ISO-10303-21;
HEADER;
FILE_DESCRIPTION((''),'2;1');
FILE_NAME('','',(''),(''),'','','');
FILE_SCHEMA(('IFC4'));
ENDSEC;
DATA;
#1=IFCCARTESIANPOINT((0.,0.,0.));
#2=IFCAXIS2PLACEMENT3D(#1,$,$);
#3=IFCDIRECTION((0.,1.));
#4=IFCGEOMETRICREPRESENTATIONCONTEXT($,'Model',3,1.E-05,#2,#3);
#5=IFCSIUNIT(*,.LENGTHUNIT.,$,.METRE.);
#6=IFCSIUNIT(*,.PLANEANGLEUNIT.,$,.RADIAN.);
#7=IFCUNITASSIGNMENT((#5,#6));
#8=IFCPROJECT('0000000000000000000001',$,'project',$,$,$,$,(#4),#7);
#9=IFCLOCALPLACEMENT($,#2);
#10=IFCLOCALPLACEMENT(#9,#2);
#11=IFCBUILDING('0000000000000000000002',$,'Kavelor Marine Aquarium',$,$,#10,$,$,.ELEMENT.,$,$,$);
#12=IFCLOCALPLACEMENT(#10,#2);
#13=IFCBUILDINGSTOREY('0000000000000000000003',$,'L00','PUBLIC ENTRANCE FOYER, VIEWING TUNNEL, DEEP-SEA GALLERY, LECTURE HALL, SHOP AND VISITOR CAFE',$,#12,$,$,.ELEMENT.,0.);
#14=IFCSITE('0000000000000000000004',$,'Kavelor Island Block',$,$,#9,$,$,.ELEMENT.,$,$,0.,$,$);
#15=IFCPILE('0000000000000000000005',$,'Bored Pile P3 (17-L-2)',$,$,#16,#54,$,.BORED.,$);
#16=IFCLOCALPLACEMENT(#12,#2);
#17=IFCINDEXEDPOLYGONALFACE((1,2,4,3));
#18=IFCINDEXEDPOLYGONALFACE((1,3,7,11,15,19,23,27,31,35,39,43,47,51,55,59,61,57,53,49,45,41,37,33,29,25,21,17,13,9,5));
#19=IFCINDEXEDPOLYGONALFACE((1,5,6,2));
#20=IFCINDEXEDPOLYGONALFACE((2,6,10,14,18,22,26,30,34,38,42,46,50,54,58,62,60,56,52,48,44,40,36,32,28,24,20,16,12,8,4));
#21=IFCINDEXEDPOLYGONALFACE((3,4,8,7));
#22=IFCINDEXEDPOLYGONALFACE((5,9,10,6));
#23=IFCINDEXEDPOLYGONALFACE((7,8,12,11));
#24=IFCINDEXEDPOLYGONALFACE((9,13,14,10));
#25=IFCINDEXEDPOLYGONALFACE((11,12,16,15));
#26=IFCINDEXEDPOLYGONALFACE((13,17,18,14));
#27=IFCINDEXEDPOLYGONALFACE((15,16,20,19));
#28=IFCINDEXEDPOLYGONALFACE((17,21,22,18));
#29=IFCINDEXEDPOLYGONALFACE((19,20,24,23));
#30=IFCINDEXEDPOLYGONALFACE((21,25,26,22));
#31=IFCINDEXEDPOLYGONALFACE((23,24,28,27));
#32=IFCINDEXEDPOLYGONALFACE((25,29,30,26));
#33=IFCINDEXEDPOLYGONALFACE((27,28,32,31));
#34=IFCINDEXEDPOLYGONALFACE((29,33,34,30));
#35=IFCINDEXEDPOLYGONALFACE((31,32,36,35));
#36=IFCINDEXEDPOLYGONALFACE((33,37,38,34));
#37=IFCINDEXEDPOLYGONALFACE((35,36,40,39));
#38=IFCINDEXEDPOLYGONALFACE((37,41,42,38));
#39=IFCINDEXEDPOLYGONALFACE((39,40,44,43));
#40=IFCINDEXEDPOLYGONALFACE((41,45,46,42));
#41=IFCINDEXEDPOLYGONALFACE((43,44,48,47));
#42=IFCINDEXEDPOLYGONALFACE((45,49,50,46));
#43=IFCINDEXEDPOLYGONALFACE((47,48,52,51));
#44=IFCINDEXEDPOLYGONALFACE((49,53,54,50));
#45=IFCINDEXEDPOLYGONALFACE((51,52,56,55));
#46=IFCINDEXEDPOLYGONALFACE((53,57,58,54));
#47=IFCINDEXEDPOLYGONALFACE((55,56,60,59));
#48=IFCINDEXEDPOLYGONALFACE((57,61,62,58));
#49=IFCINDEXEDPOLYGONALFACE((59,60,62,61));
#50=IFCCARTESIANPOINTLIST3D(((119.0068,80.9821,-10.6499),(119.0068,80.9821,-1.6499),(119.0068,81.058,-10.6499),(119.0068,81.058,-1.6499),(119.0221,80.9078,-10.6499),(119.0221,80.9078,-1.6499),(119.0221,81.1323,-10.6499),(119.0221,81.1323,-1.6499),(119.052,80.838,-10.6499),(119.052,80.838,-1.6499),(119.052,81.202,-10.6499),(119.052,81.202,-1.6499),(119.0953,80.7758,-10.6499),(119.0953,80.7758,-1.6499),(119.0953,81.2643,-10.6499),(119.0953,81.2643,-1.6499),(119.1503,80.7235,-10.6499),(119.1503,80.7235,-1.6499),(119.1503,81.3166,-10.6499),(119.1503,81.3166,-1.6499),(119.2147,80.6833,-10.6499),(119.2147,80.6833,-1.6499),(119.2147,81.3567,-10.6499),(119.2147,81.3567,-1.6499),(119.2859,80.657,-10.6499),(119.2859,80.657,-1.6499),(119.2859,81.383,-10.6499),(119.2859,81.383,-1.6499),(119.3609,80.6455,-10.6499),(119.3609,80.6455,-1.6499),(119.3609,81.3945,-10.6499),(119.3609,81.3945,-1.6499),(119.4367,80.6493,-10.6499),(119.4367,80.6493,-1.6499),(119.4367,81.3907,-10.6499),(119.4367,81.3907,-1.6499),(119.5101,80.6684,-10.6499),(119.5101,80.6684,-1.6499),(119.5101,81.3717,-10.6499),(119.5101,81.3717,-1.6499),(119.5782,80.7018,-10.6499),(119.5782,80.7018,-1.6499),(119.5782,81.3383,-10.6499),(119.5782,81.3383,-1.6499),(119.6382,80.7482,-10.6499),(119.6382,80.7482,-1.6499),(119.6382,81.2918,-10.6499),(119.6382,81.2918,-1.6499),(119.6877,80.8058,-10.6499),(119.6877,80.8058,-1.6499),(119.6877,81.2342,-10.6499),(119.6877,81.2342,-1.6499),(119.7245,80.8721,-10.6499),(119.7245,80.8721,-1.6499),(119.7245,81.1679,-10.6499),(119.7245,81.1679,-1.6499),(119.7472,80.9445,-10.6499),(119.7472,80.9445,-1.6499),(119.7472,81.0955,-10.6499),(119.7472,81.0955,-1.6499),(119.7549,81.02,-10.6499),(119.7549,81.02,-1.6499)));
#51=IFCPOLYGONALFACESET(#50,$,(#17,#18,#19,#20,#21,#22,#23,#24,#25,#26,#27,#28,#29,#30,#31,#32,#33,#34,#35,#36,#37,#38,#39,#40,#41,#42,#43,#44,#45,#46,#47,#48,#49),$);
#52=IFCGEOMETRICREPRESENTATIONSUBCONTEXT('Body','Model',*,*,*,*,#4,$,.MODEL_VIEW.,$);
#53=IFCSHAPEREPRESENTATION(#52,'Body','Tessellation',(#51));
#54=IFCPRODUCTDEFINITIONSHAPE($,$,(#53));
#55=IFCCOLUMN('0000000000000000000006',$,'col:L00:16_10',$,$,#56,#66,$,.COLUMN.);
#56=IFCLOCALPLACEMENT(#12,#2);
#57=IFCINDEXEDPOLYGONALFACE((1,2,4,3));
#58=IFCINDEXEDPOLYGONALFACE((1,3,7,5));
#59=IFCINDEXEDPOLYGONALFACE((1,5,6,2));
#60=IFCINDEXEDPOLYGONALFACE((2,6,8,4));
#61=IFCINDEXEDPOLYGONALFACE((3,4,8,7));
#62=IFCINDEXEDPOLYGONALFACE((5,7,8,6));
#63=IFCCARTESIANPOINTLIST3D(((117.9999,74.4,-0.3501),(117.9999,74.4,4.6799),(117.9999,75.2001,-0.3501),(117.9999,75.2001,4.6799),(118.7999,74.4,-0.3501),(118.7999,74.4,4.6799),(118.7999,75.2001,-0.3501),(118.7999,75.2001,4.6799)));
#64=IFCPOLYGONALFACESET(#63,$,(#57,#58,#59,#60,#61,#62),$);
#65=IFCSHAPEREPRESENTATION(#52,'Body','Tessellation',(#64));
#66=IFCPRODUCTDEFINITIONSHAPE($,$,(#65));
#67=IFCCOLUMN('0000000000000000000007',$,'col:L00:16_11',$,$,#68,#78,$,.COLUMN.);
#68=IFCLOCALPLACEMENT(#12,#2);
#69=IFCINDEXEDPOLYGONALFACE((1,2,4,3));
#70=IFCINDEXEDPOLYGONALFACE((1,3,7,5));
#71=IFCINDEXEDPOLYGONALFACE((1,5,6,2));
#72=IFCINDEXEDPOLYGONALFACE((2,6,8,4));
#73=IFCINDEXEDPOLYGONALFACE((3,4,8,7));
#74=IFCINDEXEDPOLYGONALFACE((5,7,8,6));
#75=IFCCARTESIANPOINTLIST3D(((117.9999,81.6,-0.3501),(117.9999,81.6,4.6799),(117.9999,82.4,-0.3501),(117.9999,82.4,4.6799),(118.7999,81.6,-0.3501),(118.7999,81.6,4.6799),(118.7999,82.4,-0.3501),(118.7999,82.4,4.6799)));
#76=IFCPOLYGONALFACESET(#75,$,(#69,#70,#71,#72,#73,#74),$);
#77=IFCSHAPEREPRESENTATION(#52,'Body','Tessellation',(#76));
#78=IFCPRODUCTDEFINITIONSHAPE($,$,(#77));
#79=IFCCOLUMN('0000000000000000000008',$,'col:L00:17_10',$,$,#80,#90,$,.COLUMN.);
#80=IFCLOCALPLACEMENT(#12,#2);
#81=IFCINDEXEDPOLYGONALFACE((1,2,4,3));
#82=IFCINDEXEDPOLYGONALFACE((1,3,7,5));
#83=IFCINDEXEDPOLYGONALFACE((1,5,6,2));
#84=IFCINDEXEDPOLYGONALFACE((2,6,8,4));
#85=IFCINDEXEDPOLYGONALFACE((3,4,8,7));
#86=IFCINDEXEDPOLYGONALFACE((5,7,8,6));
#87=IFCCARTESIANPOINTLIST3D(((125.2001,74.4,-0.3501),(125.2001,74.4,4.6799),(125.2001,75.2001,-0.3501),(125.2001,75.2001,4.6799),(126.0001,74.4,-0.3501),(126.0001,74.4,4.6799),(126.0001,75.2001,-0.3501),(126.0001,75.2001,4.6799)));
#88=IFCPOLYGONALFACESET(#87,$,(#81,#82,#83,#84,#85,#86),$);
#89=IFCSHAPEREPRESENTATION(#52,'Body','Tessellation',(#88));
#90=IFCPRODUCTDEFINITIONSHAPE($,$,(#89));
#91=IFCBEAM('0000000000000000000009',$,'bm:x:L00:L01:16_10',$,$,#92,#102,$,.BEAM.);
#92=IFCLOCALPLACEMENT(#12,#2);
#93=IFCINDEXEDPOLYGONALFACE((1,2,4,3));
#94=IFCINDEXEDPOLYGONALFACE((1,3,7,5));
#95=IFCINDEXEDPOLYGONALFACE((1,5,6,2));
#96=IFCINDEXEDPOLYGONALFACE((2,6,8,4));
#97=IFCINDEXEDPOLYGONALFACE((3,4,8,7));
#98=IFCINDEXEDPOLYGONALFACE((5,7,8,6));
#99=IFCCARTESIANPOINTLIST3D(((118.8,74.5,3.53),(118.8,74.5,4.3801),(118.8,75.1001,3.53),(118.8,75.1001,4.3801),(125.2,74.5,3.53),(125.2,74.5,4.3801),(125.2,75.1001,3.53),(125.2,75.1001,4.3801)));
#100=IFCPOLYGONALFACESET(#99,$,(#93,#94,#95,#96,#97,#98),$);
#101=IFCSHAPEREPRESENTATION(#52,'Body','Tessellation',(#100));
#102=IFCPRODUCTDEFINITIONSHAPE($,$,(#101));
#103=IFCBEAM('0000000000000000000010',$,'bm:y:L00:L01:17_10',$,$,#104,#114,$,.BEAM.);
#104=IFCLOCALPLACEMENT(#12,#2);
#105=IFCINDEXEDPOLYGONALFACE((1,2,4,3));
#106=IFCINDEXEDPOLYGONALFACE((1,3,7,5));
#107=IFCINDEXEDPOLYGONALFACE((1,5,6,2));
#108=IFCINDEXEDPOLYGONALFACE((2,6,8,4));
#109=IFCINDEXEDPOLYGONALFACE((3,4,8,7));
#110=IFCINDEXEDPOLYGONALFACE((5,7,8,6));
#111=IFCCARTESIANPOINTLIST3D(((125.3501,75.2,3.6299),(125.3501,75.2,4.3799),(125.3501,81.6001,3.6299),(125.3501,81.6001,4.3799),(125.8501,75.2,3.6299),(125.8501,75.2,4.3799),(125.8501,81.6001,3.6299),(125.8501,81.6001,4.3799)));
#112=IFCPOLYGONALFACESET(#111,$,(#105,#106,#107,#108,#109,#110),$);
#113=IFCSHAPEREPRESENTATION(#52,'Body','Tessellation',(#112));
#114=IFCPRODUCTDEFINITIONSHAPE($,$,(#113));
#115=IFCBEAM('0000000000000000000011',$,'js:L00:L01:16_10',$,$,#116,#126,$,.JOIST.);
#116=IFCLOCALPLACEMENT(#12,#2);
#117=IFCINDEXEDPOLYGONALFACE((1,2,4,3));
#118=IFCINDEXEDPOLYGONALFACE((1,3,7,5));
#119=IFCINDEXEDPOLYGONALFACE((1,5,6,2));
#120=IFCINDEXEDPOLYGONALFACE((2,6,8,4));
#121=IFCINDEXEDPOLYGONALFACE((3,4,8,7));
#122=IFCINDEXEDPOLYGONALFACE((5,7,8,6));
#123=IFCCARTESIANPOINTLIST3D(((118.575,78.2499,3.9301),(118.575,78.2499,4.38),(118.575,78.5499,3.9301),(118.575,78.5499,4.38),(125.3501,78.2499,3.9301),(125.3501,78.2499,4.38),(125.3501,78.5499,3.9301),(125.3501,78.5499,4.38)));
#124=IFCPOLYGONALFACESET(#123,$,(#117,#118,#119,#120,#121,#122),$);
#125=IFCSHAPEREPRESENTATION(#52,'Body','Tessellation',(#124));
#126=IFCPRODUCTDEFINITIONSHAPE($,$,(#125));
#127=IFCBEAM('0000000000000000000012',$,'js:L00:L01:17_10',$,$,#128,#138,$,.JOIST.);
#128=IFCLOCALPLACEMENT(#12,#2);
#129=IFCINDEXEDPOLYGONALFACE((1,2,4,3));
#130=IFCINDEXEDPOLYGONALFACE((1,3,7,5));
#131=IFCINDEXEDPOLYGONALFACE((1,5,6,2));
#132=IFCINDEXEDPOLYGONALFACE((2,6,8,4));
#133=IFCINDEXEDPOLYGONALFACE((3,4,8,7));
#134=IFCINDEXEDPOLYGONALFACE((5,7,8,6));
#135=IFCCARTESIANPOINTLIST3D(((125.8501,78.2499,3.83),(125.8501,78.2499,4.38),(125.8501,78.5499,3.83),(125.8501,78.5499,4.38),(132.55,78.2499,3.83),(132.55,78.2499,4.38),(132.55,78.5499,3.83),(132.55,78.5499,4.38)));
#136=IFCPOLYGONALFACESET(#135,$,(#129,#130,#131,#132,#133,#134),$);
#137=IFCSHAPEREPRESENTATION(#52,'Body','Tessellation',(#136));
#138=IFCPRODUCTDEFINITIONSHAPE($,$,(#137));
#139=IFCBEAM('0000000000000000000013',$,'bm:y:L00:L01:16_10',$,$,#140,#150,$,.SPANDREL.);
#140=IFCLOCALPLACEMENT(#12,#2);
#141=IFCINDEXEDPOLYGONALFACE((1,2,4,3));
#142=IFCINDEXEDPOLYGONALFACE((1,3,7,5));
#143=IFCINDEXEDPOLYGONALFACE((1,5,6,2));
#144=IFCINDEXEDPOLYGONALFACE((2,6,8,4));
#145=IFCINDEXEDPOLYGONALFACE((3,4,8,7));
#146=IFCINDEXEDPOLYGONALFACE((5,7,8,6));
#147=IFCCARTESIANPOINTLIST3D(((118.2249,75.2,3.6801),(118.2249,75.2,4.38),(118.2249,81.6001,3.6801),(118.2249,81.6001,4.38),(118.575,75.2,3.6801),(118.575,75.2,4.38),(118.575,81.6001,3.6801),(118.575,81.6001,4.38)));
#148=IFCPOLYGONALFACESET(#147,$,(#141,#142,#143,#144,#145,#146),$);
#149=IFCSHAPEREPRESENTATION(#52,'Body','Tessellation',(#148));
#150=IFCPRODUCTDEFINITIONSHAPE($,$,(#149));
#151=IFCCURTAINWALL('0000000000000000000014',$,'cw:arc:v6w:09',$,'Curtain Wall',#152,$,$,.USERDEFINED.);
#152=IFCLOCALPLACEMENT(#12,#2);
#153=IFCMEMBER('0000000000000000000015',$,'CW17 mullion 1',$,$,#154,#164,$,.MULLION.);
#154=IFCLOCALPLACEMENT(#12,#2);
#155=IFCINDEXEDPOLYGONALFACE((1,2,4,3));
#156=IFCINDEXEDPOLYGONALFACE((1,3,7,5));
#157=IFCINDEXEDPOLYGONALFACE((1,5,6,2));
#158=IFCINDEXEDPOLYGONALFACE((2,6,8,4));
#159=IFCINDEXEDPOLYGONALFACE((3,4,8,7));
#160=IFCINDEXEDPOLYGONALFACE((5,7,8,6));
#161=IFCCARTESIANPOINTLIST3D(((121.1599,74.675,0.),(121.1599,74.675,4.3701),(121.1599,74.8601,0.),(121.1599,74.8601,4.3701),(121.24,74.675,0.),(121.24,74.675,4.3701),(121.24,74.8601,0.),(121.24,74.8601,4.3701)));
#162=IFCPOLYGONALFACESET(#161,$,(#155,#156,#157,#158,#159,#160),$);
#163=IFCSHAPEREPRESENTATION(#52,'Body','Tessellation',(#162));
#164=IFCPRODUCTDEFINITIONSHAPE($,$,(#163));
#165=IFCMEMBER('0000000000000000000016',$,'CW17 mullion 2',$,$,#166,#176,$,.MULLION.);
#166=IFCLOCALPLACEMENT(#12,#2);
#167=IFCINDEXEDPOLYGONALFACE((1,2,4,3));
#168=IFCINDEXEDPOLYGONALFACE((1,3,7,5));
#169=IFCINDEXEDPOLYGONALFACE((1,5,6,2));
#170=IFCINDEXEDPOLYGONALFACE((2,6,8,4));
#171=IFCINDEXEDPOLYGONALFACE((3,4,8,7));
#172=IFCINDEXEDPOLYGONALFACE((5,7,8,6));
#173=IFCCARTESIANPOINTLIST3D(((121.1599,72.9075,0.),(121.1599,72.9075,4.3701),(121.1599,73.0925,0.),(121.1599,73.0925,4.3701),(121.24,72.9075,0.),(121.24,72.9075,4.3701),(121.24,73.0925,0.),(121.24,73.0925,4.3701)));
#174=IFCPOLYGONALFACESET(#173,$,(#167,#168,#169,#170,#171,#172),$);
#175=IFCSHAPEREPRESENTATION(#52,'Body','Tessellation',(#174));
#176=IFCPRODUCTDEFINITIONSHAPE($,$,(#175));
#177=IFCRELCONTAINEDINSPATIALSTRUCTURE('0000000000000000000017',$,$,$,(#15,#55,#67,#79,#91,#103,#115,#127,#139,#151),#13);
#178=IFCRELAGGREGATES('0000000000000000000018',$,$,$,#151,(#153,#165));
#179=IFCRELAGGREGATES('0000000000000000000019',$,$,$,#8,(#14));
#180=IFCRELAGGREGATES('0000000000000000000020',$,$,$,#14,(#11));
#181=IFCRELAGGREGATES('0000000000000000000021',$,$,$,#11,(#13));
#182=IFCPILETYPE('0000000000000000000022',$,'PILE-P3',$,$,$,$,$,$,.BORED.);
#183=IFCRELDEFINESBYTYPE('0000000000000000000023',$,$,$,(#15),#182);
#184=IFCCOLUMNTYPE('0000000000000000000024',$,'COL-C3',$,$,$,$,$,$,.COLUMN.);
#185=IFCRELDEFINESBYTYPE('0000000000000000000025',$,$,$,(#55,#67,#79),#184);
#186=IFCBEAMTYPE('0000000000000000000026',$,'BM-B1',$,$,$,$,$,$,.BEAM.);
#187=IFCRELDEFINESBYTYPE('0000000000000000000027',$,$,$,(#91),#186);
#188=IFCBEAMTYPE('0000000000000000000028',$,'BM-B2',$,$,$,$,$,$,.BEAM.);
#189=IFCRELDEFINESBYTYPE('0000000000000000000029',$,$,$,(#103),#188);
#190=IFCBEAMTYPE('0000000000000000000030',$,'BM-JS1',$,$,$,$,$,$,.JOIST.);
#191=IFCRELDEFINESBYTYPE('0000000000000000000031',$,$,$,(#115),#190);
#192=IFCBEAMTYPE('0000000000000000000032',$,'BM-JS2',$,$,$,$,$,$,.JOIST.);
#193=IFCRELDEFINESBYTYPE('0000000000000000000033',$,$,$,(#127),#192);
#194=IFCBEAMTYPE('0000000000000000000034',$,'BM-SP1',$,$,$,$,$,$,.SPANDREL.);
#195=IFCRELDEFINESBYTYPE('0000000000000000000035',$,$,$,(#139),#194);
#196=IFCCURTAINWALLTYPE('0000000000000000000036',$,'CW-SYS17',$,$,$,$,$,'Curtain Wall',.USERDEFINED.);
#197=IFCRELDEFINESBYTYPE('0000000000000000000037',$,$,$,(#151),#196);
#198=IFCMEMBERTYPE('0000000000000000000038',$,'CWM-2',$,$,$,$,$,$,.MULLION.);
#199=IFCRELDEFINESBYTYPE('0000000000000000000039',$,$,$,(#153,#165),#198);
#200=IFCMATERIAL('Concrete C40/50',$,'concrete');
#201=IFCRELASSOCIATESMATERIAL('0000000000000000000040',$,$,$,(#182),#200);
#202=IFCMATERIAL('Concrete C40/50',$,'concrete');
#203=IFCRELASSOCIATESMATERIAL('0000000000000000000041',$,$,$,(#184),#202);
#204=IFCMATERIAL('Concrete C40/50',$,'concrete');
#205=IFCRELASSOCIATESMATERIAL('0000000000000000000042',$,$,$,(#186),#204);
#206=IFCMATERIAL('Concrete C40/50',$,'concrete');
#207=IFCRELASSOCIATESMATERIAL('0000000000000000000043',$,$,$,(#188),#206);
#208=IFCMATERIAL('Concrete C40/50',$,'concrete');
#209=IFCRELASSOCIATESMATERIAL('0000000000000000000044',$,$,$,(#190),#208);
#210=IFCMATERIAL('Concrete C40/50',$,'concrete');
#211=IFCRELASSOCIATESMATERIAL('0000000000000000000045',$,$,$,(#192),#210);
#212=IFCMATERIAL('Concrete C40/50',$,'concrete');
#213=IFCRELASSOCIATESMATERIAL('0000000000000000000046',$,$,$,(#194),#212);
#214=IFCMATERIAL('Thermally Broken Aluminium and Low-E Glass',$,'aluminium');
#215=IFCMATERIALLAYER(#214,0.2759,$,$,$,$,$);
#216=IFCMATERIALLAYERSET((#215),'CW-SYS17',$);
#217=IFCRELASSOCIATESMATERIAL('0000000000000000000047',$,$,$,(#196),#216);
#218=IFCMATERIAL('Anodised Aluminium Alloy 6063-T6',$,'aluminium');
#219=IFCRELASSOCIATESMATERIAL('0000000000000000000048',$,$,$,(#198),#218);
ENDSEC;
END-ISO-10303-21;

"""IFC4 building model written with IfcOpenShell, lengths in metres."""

from ifc_helpers import new_model, si_unit, direction, frame, origin, origin_2d, place, context, subcontext, project, spatial, rectangle, circle, extrude, material, layer, layer_set, material_profile, profile_set, type_object, element, aggregate, save


model = new_model("IFC4")

# Units and contexts
model_context = context("Model", 3, precision=1e-05, world=origin(), true_north=direction((0.0, 1.0)))
body_context = subcontext(model_context, "Body", "Model", "MODEL_VIEW")
ifc_project = project(units=[si_unit("LENGTHUNIT", "METRE"), si_unit("PLANEANGLEUNIT", "RADIAN")], contexts=[model_context])

# Site, building, storey
site_placement = place(None, origin())
site = spatial("IfcSite", under=ifc_project, at=site_placement, Name="Kavelor Island Block", CompositionType="ELEMENT", RefElevation=0.0)
building_placement = place(site_placement, origin())
building = spatial("IfcBuilding", under=site, at=building_placement, Name="Kavelor Marine Aquarium", CompositionType="ELEMENT")
storey_placement = place(building_placement, origin())
storey = spatial("IfcBuildingStorey", under=building, at=storey_placement, Name="L00", Description="PUBLIC ENTRANCE FOYER, VIEWING TUNNEL, DEEP-SEA GALLERY, LECTURE HALL, SHOP AND VISITOR CAFE", CompositionType="ELEMENT", Elevation=0.0)

# Pile
ifc_material_1 = material(Name="Concrete C40/50", Category="concrete")
ifc_material_profile_1 = material_profile(ifc_material_1, circle(Radius=0.375, at=origin_2d()), Name="PILE D750")
ifc_profile_set_1 = profile_set([ifc_material_profile_1], Name="Concrete C40/50")
pile_type_1 = type_object("IfcPileType", Name="PILE-P3", PredefinedType="BORED", material=ifc_profile_set_1)
for number, where, z_axis, x_axis, name in (
    (1, (119.3799, 81.02, -1.6499), (0.0, 0.0, -1.0), (1.0, 0.0, 0.0), "Bored Pile P3 (17-L-2)"),
):
    element("IfcPile", number, at=place(storey_placement, frame(where, z_axis=z_axis, x_axis=x_axis)), inside=storey, type_object=pile_type_1, Name=name, PredefinedType="BORED", context=body_context, shape_type="SweptSolid", body=[
        extrude(circle(Radius=0.375, at=origin_2d()), origin(), (0.0, 0.0, 1.0), 9.0),
    ])

# Columns
ifc_material_2 = material(Name="Concrete C40/50", Category="concrete")
ifc_material_profile_2 = material_profile(ifc_material_2, rectangle(XDim=0.8, YDim=0.8, at=origin_2d()), Name="RC-COL 800x800")
ifc_profile_set_2 = profile_set([ifc_material_profile_2], Name="Concrete C40/50")
column_type = type_object("IfcColumnType", Name="COL-C3", PredefinedType="COLUMN", material=ifc_profile_set_2)
for number, where, z_axis, x_axis, name in (
    (2, (118.3999, 74.8, -0.3501), (0.0, 0.0, 1.0), (1.0, 0.0, 0.0), "col:L00:16_10"),
    (3, (118.3999, 82.0, -0.3501), (0.0, 0.0, 1.0), (1.0, 0.0, 0.0), "col:L00:16_11"),
    (4, (125.6001, 74.8, -0.3501), (0.0, 0.0, 1.0), (1.0, 0.0, 0.0), "col:L00:17_10"),
):
    element("IfcColumn", number, at=place(storey_placement, frame(where, z_axis=z_axis, x_axis=x_axis)), inside=storey, type_object=column_type, Name=name, PredefinedType="COLUMN", context=body_context, shape_type="SweptSolid", body=[
        extrude(rectangle(XDim=0.8, YDim=0.8, at=origin_2d()), origin(), (0.0, 0.0, 1.0), 5.03),
    ])

# Beams
ifc_material_3 = material(Name="Concrete C40/50", Category="concrete")
ifc_material_profile_3 = material_profile(ifc_material_3, rectangle(XDim=0.6001, YDim=0.8501, at=origin_2d()), Name="RC-BM 600x850")
ifc_profile_set_3 = profile_set([ifc_material_profile_3], Name="Concrete C40/50")
beam_type_1 = type_object("IfcBeamType", Name="BM-B1", PredefinedType="BEAM", material=ifc_profile_set_3)
beam_1_placement = place(storey_placement, frame((118.8, 74.8, 3.9551), z_axis=(1.0, 0.0, 0.0), x_axis=(0.0, 1.0, 0.0)))
element("IfcBeam", 5, at=beam_1_placement, inside=storey, type_object=beam_type_1, Name="bm:x:L00:L01:16_10", PredefinedType="BEAM", context=body_context, shape_type="SweptSolid", body=[
    extrude(rectangle(XDim=0.6001, YDim=0.8501, at=origin_2d()), origin(), (0.0, 0.0, 1.0), 6.3999),
])
ifc_material_4 = material(Name="Concrete C40/50", Category="concrete")
ifc_material_profile_4 = material_profile(ifc_material_4, rectangle(XDim=0.5, YDim=0.75, at=origin_2d()), Name="RC-BM 500x750")
ifc_profile_set_4 = profile_set([ifc_material_profile_4], Name="Concrete C40/50")
beam_type_2 = type_object("IfcBeamType", Name="BM-B2", PredefinedType="BEAM", material=ifc_profile_set_4)
beam_2_placement = place(storey_placement, frame((125.6001, 75.2, 4.0049), z_axis=(0.0, 1.0, 0.0), x_axis=(-1.0, 0.0, 0.0)))
element("IfcBeam", 6, at=beam_2_placement, inside=storey, type_object=beam_type_2, Name="bm:y:L00:L01:17_10", PredefinedType="BEAM", context=body_context, shape_type="SweptSolid", body=[
    extrude(rectangle(XDim=0.5, YDim=0.75, at=origin_2d()), origin(), (0.0, 0.0, 1.0), 6.4001),
])
ifc_material_5 = material(Name="Concrete C40/50", Category="concrete")
ifc_material_profile_5 = material_profile(ifc_material_5, rectangle(XDim=0.3, YDim=0.45, at=origin_2d()), Name="RC-JS 300x450")
ifc_profile_set_5 = profile_set([ifc_material_profile_5], Name="Concrete C40/50")
beam_type_3 = type_object("IfcBeamType", Name="BM-JS1", PredefinedType="JOIST", material=ifc_profile_set_5)
beam_3_placement = place(storey_placement, frame((118.575, 78.3999, 4.155), z_axis=(1.0, 0.0, 0.0), x_axis=(0.0, 1.0, 0.0)))
element("IfcBeam", 7, at=beam_3_placement, inside=storey, type_object=beam_type_3, Name="js:L00:L01:16_10", PredefinedType="JOIST", context=body_context, shape_type="SweptSolid", body=[
    extrude(rectangle(XDim=0.3, YDim=0.45, at=origin_2d()), origin(), (0.0, 0.0, 1.0), 6.7751),
])
ifc_material_6 = material(Name="Concrete C40/50", Category="concrete")
ifc_material_profile_6 = material_profile(ifc_material_6, rectangle(XDim=0.3, YDim=0.55, at=origin_2d()), Name="RC-JS 300x550")
ifc_profile_set_6 = profile_set([ifc_material_profile_6], Name="Concrete C40/50")
beam_type_4 = type_object("IfcBeamType", Name="BM-JS2", PredefinedType="JOIST", material=ifc_profile_set_6)
beam_4_placement = place(storey_placement, frame((125.8501, 78.3999, 4.105), z_axis=(1.0, 0.0, 0.0), x_axis=(0.0, 1.0, 0.0)))
element("IfcBeam", 8, at=beam_4_placement, inside=storey, type_object=beam_type_4, Name="js:L00:L01:17_10", PredefinedType="JOIST", context=body_context, shape_type="SweptSolid", body=[
    extrude(rectangle(XDim=0.3, YDim=0.55, at=origin_2d()), origin(), (0.0, 0.0, 1.0), 6.7),
])
ifc_material_7 = material(Name="Concrete C40/50", Category="concrete")
ifc_material_profile_7 = material_profile(ifc_material_7, rectangle(XDim=0.3501, YDim=0.7, at=origin_2d()), Name="RC-SP 350x700")
ifc_profile_set_7 = profile_set([ifc_material_profile_7], Name="Concrete C40/50")
beam_type_5 = type_object("IfcBeamType", Name="BM-SP1", PredefinedType="SPANDREL", material=ifc_profile_set_7)
beam_5_placement = place(storey_placement, frame((118.3999, 75.2, 4.03), z_axis=(0.0, 1.0, 0.0), x_axis=(-1.0, 0.0, 0.0)))
element("IfcBeam", 9, at=beam_5_placement, inside=storey, type_object=beam_type_5, Name="bm:y:L00:L01:16_10", PredefinedType="SPANDREL", context=body_context, shape_type="SweptSolid", body=[
    extrude(rectangle(XDim=0.3501, YDim=0.7, at=origin_2d()), origin(), (0.0, 0.0, 1.0), 6.4001),
])

# Curtain wall, members
ifc_material_8 = material(Name="Thermally Broken Aluminium and Low-E Glass", Category="aluminium")
ifc_layer_1 = layer(ifc_material_8, 0.2759)
ifc_layer_set_1 = layer_set([ifc_layer_1], Name="CW-SYS17")
curtain_wall_type = type_object("IfcCurtainWallType", Name="CW-SYS17", ElementType="Curtain Wall", PredefinedType="USERDEFINED", material=ifc_layer_set_1)
curtain_wall_placement = place(storey_placement, origin())
curtain_wall = element("IfcCurtainWall", 10, at=curtain_wall_placement, inside=storey, type_object=curtain_wall_type, Name="cw:arc:v6w:09", ObjectType="Curtain Wall", PredefinedType="USERDEFINED")
ifc_material_9 = material(Name="Anodised Aluminium Alloy 6063-T6", Category="aluminium")
ifc_material_profile_8 = material_profile(ifc_material_9, rectangle(XDim=0.0801, YDim=0.1851, at=origin_2d()), Name="CW-MUL 80x185")
ifc_profile_set_8 = profile_set([ifc_material_profile_8], Name="Anodised Aluminium Alloy 6063-T6")
member_type_1 = type_object("IfcMemberType", Name="CWM-2", PredefinedType="MULLION", material=ifc_profile_set_8)
member_1_placement = place(storey_placement, frame((121.2, 74.7676, 0.0), z_axis=(0.0, 0.0, 1.0), x_axis=(1.0, 0.0, 0.0)))
member_1 = element("IfcMember", 11, at=member_1_placement, type_object=member_type_1, Name="CW17 mullion 1", PredefinedType="MULLION", context=body_context, shape_type="SweptSolid", body=[
    extrude(rectangle(XDim=0.0801, YDim=0.1851, at=origin_2d()), origin(), (0.0, 0.0, 1.0), 4.3701),
])
member_2_placement = place(storey_placement, frame((121.2, 73.0, 0.0), z_axis=(0.0, 0.0, 1.0), x_axis=(1.0, 0.0, 0.0)))
member_2 = element("IfcMember", 12, at=member_2_placement, type_object=member_type_1, Name="CW17 mullion 2", PredefinedType="MULLION", context=body_context, shape_type="SweptSolid", body=[
    extrude(rectangle(XDim=0.0801, YDim=0.1851, at=origin_2d()), origin(), (0.0, 0.0, 1.0), 4.3701),
])
aggregate(curtain_wall, [member_1, member_2])

save(model, "model.ifc")
